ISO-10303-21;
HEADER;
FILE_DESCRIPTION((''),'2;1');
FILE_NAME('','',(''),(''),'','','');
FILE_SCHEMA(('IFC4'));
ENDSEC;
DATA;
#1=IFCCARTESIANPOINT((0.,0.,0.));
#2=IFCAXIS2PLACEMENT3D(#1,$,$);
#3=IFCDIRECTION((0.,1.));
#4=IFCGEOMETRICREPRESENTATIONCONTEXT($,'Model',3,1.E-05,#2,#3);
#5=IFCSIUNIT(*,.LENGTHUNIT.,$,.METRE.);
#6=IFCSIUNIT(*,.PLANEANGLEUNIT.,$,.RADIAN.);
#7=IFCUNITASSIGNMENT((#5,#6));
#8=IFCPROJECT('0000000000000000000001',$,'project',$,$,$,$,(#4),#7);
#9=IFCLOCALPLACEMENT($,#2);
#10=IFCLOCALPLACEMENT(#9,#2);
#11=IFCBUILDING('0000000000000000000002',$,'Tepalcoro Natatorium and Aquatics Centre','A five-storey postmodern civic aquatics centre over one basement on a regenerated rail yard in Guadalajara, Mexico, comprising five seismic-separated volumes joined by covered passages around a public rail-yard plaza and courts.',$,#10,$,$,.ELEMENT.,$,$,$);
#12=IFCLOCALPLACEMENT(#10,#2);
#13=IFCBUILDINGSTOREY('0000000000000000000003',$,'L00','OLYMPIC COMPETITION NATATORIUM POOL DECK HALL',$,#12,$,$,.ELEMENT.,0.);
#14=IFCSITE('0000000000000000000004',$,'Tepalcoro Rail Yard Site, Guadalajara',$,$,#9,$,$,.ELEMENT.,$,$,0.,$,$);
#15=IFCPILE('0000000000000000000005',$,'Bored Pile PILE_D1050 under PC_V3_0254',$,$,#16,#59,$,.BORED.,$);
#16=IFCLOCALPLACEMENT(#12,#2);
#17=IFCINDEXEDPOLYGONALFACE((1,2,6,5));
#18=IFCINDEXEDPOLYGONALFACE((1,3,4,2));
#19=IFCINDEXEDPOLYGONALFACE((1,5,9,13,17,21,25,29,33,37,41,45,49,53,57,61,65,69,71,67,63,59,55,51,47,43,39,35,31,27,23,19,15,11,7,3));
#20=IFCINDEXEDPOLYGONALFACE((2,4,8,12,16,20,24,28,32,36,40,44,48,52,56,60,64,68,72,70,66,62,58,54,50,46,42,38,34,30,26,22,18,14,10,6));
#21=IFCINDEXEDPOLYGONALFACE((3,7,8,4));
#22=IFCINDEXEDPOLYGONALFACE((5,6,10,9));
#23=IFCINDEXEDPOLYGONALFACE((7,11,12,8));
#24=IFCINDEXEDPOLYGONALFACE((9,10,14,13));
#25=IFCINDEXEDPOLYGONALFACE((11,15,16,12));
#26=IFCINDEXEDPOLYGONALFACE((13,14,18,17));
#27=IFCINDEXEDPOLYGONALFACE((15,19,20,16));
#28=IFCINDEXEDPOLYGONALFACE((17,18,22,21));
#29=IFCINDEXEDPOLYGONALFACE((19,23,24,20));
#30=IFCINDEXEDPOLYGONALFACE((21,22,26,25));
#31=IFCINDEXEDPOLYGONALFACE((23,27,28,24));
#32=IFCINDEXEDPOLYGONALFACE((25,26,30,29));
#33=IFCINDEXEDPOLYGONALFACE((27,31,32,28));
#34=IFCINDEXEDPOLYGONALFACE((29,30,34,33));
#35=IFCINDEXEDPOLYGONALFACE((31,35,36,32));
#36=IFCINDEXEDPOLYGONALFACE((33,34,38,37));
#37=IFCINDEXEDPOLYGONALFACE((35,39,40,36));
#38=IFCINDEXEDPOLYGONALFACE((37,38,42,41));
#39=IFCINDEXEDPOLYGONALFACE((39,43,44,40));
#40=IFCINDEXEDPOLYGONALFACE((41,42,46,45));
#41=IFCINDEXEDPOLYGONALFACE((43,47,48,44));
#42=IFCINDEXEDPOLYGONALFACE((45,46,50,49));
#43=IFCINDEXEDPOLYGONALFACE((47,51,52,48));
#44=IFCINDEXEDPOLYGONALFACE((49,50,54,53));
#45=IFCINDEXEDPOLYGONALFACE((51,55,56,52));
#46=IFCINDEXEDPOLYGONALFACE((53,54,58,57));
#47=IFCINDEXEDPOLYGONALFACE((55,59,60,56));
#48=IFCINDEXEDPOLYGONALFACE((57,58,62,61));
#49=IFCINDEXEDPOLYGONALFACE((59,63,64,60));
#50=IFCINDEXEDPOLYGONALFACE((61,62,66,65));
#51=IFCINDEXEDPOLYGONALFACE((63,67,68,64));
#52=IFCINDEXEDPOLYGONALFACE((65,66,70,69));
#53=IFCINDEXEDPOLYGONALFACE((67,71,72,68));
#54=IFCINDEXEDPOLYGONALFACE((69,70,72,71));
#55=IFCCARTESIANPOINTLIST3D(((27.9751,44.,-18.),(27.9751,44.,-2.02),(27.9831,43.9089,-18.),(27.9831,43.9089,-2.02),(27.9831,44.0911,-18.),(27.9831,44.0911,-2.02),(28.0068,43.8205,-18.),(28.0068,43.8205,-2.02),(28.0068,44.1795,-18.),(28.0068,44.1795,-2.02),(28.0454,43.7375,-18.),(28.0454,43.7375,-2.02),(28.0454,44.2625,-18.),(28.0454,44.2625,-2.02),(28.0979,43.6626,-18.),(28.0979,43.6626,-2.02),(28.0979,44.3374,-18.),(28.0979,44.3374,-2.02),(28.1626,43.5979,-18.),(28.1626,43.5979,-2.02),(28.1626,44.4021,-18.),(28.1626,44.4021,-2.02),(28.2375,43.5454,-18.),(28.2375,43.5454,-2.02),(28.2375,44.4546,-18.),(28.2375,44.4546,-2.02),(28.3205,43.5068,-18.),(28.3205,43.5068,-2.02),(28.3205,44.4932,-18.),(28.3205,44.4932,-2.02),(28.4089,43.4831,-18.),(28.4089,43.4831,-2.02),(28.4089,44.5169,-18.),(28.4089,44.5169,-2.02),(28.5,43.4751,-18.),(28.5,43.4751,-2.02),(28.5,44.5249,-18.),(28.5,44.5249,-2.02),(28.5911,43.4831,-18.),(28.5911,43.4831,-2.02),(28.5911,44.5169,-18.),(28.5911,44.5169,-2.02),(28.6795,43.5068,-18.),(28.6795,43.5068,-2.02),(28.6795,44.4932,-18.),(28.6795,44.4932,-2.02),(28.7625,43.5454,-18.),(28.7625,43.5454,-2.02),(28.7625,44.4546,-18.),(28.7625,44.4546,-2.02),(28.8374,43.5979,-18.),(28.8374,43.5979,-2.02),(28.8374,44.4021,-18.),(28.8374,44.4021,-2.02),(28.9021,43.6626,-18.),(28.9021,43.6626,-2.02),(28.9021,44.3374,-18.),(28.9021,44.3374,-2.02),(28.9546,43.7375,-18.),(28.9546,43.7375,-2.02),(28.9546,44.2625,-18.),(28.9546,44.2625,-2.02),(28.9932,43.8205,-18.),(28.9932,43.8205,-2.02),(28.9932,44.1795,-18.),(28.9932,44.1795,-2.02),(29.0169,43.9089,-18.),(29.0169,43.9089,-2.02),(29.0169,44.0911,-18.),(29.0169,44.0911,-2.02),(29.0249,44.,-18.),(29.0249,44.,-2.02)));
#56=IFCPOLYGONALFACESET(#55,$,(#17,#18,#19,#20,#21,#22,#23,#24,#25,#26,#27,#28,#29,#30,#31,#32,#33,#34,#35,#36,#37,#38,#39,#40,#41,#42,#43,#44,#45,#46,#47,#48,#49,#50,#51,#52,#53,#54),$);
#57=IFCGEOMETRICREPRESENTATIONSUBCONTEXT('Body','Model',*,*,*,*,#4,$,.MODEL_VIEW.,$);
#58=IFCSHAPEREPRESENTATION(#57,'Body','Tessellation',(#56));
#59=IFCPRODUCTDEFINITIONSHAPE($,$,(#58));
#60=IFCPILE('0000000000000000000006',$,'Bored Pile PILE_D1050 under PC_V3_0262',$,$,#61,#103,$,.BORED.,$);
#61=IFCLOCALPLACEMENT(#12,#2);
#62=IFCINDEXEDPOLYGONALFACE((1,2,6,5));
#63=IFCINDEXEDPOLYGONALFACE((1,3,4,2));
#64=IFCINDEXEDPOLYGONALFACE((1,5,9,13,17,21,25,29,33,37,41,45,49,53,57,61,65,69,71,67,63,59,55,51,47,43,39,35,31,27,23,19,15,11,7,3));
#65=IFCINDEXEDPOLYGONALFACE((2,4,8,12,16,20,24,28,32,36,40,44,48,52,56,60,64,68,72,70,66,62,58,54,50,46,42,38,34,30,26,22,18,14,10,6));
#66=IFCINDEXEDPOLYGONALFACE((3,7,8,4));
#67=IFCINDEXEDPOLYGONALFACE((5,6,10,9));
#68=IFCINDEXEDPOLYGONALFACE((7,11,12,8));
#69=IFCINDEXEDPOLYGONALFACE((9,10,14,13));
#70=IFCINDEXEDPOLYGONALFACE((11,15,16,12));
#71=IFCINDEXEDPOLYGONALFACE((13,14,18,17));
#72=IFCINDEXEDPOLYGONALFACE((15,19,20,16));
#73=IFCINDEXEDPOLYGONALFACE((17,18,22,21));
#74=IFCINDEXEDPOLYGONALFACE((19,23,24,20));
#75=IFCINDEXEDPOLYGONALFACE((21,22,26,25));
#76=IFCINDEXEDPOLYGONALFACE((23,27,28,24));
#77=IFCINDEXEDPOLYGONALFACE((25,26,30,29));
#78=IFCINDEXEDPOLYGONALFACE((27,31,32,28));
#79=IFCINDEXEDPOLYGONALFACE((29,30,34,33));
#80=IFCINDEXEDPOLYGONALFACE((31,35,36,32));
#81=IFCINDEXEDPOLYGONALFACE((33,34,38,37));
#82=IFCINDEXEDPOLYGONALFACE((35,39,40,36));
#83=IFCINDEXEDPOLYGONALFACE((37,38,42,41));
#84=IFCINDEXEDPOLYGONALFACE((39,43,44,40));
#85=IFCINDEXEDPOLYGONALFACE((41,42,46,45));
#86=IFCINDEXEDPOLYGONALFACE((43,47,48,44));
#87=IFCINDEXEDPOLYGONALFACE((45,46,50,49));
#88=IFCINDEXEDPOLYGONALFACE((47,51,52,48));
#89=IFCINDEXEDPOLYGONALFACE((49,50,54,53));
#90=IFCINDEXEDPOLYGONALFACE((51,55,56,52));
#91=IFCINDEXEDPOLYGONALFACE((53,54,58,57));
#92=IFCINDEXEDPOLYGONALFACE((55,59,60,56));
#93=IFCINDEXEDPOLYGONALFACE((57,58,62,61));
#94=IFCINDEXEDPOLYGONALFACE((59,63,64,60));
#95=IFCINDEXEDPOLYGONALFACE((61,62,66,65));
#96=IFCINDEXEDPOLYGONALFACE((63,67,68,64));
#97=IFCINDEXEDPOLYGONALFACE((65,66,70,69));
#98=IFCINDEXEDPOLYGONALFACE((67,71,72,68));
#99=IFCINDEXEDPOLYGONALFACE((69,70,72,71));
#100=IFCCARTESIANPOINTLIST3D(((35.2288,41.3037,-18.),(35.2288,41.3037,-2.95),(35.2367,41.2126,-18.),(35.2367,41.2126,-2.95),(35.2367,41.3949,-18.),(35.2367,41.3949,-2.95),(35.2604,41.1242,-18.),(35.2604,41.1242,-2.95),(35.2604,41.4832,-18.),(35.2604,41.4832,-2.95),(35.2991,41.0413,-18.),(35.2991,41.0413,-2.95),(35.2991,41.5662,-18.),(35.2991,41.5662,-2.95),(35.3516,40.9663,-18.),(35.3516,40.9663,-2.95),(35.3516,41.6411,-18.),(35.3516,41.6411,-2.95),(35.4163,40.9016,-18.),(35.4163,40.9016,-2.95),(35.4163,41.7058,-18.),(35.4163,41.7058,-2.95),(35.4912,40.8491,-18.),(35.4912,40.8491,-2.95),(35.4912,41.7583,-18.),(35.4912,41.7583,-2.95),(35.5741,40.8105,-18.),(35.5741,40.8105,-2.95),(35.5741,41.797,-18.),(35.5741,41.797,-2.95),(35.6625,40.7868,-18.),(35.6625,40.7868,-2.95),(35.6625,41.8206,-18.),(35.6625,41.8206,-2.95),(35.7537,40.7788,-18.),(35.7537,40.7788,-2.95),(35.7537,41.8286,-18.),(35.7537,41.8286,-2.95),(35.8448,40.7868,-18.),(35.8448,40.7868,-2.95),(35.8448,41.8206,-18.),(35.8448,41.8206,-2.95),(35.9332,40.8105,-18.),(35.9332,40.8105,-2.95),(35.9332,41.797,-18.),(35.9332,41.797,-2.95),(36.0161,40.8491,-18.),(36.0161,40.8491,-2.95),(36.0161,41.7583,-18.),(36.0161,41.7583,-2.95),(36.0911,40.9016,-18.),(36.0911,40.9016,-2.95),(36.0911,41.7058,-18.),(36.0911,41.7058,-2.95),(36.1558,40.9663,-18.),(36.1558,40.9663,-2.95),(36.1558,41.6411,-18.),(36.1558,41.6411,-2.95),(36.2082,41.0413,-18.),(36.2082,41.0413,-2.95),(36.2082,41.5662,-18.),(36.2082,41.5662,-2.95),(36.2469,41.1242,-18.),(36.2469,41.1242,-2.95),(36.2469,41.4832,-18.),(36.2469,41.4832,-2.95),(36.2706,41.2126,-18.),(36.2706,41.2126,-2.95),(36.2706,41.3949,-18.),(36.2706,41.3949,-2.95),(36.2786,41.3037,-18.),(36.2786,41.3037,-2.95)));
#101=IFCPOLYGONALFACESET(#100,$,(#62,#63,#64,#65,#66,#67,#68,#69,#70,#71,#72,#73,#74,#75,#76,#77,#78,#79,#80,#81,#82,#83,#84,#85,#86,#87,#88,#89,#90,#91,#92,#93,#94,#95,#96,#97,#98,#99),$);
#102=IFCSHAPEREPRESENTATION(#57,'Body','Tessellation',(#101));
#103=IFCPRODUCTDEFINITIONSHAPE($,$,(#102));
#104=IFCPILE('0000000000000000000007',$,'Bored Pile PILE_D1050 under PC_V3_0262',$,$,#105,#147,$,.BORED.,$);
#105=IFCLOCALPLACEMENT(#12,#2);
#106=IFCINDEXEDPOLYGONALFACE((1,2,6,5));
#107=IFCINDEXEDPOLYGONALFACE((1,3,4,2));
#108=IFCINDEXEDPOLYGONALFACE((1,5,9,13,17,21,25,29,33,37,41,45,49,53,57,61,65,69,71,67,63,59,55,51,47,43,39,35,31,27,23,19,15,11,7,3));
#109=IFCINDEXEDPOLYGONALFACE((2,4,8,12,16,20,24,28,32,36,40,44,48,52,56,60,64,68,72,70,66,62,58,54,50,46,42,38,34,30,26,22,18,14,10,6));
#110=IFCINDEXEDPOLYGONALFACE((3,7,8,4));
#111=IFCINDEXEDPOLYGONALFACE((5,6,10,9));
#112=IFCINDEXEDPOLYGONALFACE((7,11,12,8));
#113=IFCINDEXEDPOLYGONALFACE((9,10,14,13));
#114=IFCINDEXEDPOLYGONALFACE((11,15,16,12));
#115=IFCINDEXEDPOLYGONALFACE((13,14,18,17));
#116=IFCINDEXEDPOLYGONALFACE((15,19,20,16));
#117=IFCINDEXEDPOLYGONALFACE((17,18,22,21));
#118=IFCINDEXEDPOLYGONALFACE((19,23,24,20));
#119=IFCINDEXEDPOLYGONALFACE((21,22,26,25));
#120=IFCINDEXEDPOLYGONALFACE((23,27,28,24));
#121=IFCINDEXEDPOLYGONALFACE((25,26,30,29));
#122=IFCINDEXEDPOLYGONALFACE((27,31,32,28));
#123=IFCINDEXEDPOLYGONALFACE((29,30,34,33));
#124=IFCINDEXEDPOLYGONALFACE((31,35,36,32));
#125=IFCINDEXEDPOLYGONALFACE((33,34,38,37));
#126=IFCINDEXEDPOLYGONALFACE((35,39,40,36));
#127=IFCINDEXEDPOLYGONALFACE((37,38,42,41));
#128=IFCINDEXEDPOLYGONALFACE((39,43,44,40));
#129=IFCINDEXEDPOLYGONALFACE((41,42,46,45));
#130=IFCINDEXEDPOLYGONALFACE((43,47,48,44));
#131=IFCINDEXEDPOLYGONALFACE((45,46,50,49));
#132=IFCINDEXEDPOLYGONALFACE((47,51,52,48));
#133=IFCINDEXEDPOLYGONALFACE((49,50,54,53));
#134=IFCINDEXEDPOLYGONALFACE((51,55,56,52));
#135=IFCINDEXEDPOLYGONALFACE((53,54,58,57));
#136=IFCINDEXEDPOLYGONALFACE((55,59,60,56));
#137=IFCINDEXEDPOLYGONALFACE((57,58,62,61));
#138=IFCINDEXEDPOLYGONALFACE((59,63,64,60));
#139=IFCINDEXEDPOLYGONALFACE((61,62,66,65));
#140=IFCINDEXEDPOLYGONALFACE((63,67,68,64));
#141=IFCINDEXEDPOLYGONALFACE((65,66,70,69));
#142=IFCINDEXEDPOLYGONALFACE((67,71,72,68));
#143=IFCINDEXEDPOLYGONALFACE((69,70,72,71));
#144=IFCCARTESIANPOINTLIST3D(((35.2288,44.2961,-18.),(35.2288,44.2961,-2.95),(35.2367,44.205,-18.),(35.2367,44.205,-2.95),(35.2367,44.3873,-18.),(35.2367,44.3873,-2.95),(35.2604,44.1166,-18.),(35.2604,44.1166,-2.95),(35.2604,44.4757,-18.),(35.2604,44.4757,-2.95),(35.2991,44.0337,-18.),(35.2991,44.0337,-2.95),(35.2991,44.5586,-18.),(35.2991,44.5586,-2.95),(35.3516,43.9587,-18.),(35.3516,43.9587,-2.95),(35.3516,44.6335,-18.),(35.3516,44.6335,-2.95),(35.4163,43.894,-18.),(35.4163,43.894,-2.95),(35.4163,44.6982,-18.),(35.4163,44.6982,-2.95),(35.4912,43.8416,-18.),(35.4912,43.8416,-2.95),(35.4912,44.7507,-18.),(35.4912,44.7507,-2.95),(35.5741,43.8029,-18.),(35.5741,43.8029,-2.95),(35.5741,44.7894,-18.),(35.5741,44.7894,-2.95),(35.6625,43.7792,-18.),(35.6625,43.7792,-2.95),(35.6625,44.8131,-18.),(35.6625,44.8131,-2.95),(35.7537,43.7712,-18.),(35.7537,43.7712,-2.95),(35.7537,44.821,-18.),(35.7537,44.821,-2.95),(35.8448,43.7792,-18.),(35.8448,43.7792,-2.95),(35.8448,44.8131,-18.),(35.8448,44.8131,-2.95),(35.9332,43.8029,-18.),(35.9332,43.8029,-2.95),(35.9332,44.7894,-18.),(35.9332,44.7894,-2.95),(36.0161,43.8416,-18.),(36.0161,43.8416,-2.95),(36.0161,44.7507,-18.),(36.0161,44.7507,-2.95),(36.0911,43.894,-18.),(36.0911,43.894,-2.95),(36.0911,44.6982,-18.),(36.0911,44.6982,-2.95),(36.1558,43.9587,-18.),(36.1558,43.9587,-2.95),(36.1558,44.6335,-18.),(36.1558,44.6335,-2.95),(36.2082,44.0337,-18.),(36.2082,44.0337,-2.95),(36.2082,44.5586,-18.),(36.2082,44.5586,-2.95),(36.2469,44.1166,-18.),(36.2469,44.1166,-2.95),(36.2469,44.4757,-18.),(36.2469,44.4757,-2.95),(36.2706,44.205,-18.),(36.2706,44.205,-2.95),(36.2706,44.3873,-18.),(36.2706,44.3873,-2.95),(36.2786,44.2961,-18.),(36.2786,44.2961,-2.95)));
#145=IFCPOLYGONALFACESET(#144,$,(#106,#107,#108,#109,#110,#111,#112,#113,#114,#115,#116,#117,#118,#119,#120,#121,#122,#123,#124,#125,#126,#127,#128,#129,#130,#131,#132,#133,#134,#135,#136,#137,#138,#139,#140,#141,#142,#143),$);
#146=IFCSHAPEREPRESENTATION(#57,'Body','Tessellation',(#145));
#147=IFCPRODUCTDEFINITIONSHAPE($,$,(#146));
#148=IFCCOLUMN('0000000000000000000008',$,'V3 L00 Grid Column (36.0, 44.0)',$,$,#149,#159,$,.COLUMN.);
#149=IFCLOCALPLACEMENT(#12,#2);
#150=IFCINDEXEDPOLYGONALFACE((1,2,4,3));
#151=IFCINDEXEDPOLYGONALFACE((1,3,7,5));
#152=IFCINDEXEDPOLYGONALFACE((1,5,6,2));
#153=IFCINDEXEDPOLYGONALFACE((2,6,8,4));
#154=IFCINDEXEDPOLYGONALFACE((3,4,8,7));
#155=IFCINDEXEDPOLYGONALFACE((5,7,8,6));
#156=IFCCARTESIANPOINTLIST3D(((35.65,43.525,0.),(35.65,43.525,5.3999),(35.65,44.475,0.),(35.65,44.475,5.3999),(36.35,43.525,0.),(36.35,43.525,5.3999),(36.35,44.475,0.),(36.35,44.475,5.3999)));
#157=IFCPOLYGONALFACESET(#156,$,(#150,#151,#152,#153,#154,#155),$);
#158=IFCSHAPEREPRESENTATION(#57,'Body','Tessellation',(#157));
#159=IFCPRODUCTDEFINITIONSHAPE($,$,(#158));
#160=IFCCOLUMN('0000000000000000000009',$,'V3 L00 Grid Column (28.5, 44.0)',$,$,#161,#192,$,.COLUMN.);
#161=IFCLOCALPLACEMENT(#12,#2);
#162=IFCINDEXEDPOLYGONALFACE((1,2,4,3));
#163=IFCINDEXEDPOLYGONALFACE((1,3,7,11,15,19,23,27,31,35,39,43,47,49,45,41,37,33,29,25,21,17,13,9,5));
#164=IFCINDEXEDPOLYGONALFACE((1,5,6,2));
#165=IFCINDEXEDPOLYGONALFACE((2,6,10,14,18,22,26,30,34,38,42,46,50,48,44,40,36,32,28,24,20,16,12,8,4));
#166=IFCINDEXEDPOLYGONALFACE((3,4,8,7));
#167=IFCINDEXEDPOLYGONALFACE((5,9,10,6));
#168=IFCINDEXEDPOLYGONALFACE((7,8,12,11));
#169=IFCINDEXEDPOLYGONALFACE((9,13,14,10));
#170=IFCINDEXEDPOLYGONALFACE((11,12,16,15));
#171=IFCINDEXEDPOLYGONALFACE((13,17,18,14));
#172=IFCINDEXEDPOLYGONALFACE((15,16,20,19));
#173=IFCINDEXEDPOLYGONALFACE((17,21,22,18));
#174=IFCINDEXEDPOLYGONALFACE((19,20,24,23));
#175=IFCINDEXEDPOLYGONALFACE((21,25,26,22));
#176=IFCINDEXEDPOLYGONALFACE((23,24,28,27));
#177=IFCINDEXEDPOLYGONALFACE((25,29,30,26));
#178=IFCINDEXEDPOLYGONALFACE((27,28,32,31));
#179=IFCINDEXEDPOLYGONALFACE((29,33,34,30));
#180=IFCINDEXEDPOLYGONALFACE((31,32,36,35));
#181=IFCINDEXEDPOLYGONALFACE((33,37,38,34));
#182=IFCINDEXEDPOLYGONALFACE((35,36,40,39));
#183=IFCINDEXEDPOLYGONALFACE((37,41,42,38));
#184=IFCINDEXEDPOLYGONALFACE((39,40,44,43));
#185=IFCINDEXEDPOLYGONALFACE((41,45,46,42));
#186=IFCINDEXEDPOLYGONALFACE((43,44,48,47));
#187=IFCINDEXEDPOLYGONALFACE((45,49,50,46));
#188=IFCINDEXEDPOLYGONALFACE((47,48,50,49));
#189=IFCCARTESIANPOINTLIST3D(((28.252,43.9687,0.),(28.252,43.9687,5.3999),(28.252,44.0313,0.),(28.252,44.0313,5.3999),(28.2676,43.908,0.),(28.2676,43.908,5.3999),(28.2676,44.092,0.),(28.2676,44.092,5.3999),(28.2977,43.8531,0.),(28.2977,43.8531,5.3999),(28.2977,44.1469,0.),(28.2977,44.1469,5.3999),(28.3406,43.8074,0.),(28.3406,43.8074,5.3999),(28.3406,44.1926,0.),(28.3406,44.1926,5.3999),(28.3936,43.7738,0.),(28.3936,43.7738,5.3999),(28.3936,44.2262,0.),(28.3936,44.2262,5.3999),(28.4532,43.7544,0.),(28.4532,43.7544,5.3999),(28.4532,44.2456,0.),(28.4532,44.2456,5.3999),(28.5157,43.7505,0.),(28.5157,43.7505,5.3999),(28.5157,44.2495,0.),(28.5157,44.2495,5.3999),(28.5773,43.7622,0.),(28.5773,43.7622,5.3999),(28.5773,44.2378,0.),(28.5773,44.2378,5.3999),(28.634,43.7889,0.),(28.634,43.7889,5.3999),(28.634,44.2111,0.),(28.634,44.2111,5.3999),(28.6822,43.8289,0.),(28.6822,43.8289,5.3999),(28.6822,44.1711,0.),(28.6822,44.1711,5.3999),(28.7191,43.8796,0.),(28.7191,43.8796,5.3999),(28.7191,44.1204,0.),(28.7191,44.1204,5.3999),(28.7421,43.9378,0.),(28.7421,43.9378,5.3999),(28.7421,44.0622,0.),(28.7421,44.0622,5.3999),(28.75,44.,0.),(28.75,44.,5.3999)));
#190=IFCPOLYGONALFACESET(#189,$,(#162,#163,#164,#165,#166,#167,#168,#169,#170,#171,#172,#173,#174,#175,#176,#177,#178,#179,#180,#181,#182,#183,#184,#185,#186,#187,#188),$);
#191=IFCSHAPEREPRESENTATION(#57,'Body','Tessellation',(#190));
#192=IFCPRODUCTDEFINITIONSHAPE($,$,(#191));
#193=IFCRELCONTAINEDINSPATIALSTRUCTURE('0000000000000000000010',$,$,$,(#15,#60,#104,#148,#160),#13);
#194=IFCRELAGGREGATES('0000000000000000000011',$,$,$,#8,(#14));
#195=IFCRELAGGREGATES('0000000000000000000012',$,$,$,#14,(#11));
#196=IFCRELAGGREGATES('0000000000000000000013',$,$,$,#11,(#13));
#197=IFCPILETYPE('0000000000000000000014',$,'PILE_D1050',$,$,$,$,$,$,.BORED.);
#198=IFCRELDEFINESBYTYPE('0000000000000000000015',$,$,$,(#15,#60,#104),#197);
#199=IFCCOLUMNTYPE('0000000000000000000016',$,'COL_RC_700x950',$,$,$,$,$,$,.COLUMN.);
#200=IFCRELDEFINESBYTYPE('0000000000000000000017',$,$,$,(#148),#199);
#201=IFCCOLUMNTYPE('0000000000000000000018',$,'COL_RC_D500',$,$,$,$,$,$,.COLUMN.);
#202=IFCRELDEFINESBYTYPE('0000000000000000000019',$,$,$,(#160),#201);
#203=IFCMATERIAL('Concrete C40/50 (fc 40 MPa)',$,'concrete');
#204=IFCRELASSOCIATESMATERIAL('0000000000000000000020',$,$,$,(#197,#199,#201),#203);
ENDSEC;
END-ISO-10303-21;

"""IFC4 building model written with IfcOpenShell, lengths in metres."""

from ifc_helpers import new_model, si_unit, direction, frame, origin, origin_2d, place, context, subcontext, project, spatial, rectangle, circle, extrude, material, material_profile, profile_set, type_object, element, save


model = new_model("IFC4")

# Units and contexts
model_context = context("Model", 3, precision=1e-05, world=origin(), true_north=direction((0.0, 1.0)))
body_context = subcontext(model_context, "Body", "Model", "MODEL_VIEW")
ifc_project = project(units=[si_unit("LENGTHUNIT", "METRE"), si_unit("PLANEANGLEUNIT", "RADIAN")], contexts=[model_context])

# Site, building, storey
site_placement = place(None, origin())
site = spatial("IfcSite", under=ifc_project, at=site_placement, Name="Tepalcoro Rail Yard Site, Guadalajara", CompositionType="ELEMENT", RefElevation=0.0)
building_placement = place(site_placement, origin())
building = spatial("IfcBuilding", under=site, at=building_placement, Name="Tepalcoro Natatorium and Aquatics Centre", Description="A five-storey postmodern civic aquatics centre over one basement on a regenerated rail yard in Guadalajara, Mexico, comprising five seismic-separated volumes joined by covered passages around a public rail-yard plaza and courts.", CompositionType="ELEMENT")
storey_placement = place(building_placement, origin())
storey = spatial("IfcBuildingStorey", under=building, at=storey_placement, Name="L00", Description="OLYMPIC COMPETITION NATATORIUM POOL DECK HALL", CompositionType="ELEMENT", Elevation=0.0)

# Piles
ifc_material_1 = material(Name="Concrete C40/50 (fc 40 MPa)", Category="concrete")
ifc_material_profile_1 = material_profile(ifc_material_1, circle(Radius=0.5249, at=origin_2d()), Name="PILE_D1050")
ifc_profile_set_1 = profile_set([ifc_material_profile_1], Name="Concrete C40/50 (fc 40 MPa)")
pile_type = type_object("IfcPileType", Name="PILE_D1050", PredefinedType="BORED", material=ifc_profile_set_1)
pile_placement = place(storey_placement, frame((28.5, 44.0, -2.02), z_axis=(0.0, 0.0, -1.0), x_axis=(1.0, 0.0, 0.0)))
element("IfcPile", 1, at=pile_placement, inside=storey, type_object=pile_type, Name="Bored Pile PILE_D1050 under PC_V3_0254", PredefinedType="BORED", context=body_context, shape_type="SweptSolid", body=[
    extrude(circle(Radius=0.5249, at=origin_2d()), origin(), (0.0, 0.0, 1.0), 15.98),
])
for number, where, z_axis, x_axis, name in (
    (2, (35.7537, 41.3037, -2.95), (0.0, 0.0, -1.0), (1.0, 0.0, 0.0), "Bored Pile PILE_D1050 under PC_V3_0262"),
    (3, (35.7537, 44.2961, -2.95), (0.0, 0.0, -1.0), (1.0, 0.0, 0.0), "Bored Pile PILE_D1050 under PC_V3_0262"),
):
    element("IfcPile", number, at=place(storey_placement, frame(where, z_axis=z_axis, x_axis=x_axis)), inside=storey, type_object=pile_type, Name=name, PredefinedType="BORED", context=body_context, shape_type="SweptSolid", body=[
        extrude(circle(Radius=0.5249, at=origin_2d()), origin(), (0.0, 0.0, 1.0), 15.05),
    ])

# Columns
ifc_material_profile_2 = material_profile(ifc_material_1, rectangle(XDim=0.7, YDim=0.95, at=origin_2d()), Name="RC700x950")
ifc_profile_set_2 = profile_set([ifc_material_profile_2], Name="Concrete C40/50 (fc 40 MPa)")
column_type_1 = type_object("IfcColumnType", Name="COL_RC_700x950", PredefinedType="COLUMN", material=ifc_profile_set_2)
column_1_placement = place(storey_placement, frame((36.0, 44.0, 0.0), z_axis=(0.0, 0.0, 1.0), x_axis=(1.0, 0.0, 0.0)))
element("IfcColumn", 4, at=column_1_placement, inside=storey, type_object=column_type_1, Name="V3 L00 Grid Column (36.0, 44.0)", PredefinedType="COLUMN", context=body_context, shape_type="SweptSolid", body=[
    extrude(rectangle(XDim=0.7, YDim=0.95, at=origin_2d()), origin(), (0.0, 0.0, 1.0), 5.3999),
])
ifc_material_profile_3 = material_profile(ifc_material_1, circle(Radius=0.25, at=origin_2d()), Name="RCD500")
ifc_profile_set_3 = profile_set([ifc_material_profile_3], Name="Concrete C40/50 (fc 40 MPa)")
column_type_2 = type_object("IfcColumnType", Name="COL_RC_D500", PredefinedType="COLUMN", material=ifc_profile_set_3)
column_2_placement = place(storey_placement, frame((28.5, 44.0, 0.0), z_axis=(0.0, 0.0, 1.0), x_axis=(1.0, 0.0, 0.0)))
element("IfcColumn", 5, at=column_2_placement, inside=storey, type_object=column_type_2, Name="V3 L00 Grid Column (28.5, 44.0)", PredefinedType="COLUMN", context=body_context, shape_type="SweptSolid", body=[
    extrude(circle(Radius=0.25, at=origin_2d()), origin(), (0.0, 0.0, 1.0), 5.3999),
])

save(model, "model.ifc")
